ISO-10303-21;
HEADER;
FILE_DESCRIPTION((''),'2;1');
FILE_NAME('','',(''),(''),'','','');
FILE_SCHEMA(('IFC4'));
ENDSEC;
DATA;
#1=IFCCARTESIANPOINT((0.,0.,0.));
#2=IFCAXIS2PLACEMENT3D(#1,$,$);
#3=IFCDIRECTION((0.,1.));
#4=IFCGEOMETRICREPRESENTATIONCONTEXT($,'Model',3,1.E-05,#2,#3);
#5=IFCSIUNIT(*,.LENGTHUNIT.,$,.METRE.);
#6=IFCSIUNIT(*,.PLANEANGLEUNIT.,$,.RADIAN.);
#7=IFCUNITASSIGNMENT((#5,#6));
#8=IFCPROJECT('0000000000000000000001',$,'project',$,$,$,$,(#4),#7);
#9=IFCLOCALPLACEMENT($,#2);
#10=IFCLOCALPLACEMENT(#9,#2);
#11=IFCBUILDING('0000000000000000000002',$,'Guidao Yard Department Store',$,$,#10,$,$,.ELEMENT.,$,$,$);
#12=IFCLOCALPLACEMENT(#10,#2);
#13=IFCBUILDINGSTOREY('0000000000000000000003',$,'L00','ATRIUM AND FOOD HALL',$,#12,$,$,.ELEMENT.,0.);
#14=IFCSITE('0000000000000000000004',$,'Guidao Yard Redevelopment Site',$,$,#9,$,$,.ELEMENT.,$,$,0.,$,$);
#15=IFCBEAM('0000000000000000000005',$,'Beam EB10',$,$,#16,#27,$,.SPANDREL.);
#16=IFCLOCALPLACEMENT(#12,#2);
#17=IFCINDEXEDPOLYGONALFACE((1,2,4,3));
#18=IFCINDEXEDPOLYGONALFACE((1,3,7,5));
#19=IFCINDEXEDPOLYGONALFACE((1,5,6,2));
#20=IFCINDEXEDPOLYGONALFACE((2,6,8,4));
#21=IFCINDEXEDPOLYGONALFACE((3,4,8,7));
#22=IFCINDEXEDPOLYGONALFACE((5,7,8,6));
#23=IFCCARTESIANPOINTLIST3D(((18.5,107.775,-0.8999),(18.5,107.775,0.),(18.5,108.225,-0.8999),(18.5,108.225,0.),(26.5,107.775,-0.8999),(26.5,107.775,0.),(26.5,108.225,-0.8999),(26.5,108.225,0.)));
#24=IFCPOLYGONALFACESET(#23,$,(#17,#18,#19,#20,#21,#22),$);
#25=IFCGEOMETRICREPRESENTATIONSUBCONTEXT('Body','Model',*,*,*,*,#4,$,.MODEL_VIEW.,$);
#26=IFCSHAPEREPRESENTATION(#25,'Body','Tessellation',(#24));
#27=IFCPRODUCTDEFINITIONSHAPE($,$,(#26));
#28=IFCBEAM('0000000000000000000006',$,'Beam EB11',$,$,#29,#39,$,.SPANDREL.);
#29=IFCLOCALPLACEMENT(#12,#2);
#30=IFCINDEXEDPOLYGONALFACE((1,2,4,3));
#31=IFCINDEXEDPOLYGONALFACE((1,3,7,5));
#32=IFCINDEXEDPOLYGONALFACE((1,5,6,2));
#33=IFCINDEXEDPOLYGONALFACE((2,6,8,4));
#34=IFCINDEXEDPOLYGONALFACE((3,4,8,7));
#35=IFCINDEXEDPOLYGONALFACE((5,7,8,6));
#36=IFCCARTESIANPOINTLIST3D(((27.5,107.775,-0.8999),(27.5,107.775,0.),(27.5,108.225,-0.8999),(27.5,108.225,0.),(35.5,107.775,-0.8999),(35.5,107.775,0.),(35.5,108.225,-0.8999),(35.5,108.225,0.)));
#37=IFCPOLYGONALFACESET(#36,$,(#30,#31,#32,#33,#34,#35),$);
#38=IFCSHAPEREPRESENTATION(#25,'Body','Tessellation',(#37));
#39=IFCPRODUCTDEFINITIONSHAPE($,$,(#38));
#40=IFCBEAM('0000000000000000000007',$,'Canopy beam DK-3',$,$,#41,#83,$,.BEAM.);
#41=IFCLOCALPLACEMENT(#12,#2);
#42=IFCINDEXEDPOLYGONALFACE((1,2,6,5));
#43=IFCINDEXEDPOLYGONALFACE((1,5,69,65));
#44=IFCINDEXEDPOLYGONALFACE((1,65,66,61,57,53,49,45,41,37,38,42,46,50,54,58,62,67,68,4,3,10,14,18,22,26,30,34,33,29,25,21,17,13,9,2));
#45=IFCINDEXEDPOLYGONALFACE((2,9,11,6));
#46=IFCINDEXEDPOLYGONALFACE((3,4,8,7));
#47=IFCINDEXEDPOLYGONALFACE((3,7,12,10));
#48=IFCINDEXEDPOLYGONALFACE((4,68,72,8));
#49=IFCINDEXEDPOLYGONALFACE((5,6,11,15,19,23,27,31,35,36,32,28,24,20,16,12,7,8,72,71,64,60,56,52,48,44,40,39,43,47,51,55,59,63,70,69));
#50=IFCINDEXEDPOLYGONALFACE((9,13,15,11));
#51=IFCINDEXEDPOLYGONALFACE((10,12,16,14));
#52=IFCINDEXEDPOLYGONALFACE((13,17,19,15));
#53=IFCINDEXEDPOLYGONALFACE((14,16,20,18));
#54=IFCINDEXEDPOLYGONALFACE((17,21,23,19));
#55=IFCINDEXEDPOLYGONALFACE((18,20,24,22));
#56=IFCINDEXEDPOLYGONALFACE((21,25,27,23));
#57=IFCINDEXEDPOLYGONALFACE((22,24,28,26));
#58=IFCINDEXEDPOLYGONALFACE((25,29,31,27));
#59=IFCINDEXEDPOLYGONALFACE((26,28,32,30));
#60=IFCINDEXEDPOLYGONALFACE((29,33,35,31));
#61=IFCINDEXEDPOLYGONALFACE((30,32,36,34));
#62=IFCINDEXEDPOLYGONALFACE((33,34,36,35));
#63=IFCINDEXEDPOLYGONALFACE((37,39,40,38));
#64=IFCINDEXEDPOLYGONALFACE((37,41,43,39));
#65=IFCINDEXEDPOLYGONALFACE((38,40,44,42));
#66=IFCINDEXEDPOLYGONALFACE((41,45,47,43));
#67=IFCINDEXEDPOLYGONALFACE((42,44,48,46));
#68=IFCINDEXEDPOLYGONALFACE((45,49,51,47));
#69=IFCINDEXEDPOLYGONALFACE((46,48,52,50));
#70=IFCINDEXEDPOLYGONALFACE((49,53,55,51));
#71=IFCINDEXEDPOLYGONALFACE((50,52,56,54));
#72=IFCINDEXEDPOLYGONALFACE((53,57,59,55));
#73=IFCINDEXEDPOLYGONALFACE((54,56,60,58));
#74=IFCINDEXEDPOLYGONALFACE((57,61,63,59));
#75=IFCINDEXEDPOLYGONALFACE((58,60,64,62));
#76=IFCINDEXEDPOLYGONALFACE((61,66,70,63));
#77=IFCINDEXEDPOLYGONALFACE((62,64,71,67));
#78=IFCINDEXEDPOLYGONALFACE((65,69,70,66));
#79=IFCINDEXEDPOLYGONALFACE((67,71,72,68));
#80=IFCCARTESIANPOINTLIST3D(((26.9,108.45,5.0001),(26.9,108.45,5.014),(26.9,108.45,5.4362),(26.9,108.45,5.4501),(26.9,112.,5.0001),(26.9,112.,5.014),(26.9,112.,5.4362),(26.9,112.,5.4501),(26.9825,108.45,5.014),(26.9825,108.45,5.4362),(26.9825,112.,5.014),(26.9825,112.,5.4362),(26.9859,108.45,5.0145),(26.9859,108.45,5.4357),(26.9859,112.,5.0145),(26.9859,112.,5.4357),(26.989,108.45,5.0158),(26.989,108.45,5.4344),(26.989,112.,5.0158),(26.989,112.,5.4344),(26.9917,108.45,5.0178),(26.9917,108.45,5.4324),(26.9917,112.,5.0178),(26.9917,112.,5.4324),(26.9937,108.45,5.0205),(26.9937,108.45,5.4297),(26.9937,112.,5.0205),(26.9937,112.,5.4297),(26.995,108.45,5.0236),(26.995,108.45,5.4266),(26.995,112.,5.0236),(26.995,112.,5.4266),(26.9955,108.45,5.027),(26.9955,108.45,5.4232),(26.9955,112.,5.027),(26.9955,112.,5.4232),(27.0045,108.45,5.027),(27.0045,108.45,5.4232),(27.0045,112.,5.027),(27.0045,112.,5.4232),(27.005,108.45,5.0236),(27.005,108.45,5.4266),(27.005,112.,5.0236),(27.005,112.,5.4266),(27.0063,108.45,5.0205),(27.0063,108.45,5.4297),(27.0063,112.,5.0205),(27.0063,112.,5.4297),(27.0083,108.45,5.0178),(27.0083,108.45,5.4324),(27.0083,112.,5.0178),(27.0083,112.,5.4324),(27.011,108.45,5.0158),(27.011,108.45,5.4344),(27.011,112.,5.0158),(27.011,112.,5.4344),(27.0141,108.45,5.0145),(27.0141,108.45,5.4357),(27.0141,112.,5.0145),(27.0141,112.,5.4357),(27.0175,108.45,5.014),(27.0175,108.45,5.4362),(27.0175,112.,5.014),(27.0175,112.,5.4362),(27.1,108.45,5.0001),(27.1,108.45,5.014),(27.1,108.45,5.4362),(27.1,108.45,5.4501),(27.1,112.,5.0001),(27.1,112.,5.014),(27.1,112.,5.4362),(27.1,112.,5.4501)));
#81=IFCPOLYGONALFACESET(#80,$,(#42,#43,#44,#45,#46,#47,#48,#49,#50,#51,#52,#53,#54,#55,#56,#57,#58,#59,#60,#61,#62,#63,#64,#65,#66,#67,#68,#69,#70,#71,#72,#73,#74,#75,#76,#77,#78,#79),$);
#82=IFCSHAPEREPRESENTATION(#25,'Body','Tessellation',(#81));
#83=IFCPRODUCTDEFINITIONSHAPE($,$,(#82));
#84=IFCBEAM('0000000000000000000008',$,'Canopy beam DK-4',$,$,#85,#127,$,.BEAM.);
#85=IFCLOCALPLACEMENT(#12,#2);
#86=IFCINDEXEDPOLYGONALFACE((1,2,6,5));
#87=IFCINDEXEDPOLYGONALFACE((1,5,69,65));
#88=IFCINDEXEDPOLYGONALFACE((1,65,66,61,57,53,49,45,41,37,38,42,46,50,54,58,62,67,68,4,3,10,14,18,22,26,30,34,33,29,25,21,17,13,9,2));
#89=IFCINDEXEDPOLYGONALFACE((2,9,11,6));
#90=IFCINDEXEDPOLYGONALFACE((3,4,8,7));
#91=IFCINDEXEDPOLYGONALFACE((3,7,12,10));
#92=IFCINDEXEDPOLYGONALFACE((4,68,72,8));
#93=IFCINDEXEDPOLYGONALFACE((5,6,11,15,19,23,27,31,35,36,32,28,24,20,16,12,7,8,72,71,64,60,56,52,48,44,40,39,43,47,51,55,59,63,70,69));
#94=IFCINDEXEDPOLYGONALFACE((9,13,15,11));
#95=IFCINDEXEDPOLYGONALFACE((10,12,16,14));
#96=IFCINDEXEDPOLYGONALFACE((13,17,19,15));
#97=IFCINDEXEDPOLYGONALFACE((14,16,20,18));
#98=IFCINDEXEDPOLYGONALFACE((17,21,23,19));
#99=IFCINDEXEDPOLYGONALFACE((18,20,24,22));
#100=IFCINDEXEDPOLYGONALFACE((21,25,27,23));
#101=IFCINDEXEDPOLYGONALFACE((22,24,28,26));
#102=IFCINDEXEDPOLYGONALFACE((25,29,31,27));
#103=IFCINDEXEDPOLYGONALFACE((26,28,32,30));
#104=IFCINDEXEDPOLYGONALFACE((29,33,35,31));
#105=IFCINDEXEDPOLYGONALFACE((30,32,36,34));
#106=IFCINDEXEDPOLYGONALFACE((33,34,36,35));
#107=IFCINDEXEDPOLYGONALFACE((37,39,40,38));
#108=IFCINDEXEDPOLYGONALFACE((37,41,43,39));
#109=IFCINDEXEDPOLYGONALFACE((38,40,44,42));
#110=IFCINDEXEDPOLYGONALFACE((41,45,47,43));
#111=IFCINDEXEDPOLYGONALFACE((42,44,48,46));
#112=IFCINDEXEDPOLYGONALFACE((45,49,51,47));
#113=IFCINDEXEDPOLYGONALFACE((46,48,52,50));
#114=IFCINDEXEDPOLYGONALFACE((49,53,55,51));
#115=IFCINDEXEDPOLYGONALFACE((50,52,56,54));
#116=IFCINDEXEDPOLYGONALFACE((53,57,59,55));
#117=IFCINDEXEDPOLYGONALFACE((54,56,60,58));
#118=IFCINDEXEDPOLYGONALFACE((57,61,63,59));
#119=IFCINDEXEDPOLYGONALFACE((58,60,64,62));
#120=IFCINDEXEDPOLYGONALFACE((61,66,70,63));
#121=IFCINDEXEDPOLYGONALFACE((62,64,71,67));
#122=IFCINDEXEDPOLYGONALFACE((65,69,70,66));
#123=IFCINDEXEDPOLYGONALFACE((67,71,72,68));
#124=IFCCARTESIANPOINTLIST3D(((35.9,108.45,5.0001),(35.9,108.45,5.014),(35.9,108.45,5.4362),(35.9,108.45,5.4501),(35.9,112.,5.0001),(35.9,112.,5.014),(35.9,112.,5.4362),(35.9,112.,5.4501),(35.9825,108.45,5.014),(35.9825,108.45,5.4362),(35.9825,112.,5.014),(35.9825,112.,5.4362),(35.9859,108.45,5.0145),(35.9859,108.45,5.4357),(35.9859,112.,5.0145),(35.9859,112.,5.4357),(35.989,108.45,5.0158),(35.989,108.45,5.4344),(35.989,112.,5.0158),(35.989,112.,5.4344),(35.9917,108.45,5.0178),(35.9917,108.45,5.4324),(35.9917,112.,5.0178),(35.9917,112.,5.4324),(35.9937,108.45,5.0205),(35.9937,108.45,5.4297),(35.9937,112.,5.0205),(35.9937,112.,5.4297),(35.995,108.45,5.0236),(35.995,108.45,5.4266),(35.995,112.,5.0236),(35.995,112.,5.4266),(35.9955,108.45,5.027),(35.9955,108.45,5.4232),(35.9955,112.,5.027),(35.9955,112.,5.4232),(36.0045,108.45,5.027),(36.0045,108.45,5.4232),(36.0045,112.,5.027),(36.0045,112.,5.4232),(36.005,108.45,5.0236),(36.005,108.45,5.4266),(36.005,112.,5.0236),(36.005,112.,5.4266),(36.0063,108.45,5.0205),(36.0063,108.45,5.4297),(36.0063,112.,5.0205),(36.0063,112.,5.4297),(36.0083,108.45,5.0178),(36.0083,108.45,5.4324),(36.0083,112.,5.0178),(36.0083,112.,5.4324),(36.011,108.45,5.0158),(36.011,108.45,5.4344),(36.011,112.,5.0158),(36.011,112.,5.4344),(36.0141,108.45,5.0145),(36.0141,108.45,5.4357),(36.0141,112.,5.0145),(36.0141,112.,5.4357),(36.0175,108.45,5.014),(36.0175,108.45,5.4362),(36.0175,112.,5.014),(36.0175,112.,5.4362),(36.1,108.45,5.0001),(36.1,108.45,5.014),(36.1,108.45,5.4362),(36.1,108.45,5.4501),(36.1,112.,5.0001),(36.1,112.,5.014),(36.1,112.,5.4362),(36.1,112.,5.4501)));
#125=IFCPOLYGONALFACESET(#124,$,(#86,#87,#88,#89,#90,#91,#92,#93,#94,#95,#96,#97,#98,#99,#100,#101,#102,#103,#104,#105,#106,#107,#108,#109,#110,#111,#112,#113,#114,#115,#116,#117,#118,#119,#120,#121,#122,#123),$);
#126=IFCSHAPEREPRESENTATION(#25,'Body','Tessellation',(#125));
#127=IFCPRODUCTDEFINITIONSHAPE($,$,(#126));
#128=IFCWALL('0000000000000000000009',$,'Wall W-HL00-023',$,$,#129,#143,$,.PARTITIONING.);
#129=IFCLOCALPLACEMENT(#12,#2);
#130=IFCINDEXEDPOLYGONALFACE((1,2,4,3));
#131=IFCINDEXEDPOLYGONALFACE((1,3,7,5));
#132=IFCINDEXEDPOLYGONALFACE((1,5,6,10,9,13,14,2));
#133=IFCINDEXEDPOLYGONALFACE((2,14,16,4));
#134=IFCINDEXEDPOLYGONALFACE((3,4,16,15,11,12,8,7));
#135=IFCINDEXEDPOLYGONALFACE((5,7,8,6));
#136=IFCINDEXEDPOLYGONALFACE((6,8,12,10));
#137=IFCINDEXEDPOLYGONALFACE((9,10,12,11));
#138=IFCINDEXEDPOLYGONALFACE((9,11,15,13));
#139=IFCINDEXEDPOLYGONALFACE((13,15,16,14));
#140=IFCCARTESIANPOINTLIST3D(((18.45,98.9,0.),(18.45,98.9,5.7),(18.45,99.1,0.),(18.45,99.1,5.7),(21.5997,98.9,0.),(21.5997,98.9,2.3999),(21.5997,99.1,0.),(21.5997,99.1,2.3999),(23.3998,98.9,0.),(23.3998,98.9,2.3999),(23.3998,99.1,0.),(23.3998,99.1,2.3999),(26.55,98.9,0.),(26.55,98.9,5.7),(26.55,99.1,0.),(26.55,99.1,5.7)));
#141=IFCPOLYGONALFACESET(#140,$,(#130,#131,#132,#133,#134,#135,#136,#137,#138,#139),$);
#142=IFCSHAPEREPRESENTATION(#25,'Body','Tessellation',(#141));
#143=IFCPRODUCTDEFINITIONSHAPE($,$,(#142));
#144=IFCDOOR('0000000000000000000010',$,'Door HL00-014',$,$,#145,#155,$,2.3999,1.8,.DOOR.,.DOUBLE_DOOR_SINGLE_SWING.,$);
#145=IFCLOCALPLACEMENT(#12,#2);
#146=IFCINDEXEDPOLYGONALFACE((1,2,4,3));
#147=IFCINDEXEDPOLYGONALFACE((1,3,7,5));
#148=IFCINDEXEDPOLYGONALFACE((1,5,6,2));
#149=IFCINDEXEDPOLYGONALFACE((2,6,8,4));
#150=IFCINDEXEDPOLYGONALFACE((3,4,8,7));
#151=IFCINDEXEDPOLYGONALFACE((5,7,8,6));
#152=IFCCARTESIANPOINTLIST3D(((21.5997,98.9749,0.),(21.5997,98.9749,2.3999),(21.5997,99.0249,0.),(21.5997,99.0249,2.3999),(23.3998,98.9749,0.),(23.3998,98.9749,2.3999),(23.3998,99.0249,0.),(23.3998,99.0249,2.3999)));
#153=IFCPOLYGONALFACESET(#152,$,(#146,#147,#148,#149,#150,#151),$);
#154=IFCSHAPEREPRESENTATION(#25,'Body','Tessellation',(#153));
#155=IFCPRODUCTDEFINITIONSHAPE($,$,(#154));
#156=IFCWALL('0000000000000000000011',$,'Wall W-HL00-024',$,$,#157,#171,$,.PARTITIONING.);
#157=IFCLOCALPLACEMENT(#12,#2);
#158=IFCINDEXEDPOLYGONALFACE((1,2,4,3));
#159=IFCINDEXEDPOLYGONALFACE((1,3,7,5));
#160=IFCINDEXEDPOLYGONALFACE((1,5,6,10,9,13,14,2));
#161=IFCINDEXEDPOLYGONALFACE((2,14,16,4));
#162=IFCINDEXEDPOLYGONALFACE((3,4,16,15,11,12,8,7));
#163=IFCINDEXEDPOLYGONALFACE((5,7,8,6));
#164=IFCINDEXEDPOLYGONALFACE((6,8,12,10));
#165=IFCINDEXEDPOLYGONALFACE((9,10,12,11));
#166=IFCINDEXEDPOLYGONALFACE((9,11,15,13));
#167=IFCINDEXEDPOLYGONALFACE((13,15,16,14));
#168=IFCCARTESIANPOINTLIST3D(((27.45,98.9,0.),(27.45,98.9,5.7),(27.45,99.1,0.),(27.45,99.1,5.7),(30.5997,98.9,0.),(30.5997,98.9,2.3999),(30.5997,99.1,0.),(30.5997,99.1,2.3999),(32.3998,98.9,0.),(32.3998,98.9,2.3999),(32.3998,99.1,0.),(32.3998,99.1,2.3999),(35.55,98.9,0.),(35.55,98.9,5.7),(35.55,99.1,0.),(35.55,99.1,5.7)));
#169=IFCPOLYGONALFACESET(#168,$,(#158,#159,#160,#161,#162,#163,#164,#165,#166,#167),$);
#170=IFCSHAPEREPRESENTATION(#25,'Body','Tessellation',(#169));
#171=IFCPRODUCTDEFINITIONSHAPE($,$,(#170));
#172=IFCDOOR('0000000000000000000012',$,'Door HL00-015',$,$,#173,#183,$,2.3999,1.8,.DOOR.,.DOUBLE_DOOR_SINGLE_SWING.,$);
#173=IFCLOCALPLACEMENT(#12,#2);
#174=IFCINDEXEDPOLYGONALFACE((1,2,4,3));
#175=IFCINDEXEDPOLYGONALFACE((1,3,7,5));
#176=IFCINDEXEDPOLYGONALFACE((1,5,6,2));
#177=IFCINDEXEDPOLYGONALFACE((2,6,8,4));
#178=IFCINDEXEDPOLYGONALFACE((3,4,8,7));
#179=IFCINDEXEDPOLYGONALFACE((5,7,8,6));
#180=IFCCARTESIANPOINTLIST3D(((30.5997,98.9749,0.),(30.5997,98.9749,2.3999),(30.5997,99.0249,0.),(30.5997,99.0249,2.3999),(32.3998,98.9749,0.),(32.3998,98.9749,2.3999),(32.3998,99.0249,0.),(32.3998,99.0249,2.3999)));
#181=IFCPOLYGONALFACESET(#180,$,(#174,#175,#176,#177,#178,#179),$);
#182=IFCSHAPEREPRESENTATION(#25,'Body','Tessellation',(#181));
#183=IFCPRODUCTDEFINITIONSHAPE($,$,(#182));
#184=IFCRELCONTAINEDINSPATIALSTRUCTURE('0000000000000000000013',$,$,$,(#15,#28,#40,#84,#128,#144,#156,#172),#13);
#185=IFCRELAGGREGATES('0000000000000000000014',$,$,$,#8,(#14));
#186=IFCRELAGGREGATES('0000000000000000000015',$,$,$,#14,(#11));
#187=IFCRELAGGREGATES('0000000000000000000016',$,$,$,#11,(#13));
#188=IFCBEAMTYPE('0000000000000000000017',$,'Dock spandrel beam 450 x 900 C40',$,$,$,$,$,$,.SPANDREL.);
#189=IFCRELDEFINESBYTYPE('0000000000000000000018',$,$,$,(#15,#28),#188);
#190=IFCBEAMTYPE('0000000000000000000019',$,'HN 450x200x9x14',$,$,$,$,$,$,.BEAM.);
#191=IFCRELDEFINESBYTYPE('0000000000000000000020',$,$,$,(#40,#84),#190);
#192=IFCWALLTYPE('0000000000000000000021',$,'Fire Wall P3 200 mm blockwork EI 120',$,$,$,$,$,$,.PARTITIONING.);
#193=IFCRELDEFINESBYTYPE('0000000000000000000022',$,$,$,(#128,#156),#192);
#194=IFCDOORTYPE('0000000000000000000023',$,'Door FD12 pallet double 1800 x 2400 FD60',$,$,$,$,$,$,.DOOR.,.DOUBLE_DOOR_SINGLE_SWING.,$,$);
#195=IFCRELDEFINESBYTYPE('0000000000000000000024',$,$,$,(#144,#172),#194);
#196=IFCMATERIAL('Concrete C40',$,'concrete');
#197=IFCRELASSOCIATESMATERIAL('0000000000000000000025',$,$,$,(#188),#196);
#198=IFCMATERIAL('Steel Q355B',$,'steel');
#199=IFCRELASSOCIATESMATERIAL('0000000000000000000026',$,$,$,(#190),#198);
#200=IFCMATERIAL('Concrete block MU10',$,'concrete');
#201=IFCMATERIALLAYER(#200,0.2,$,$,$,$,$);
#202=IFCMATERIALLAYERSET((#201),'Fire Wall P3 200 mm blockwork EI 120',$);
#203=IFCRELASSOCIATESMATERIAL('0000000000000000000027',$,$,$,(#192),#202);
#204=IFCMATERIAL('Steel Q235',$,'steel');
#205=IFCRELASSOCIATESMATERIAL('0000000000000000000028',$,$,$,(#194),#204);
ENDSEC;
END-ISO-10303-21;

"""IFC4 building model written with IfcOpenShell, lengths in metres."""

from ifc_helpers import new_model, si_unit, direction, frame, frame_2d, origin, origin_2d, place, context, subcontext, project, spatial, rectangle, i_section, extrude, material, layer, layer_set, material_profile, profile_set, type_object, element, fill, save


model = new_model("IFC4")

# Units and contexts
model_context = context("Model", 3, precision=1e-05, world=origin(), true_north=direction((0.0, 1.0)))
body_context = subcontext(model_context, "Body", "Model", "MODEL_VIEW")
ifc_project = project(units=[si_unit("LENGTHUNIT", "METRE"), si_unit("PLANEANGLEUNIT", "RADIAN")], contexts=[model_context])

# Site, building, storey
site_placement = place(None, origin())
site = spatial("IfcSite", under=ifc_project, at=site_placement, Name="Guidao Yard Redevelopment Site", CompositionType="ELEMENT", RefElevation=0.0)
building_placement = place(site_placement, origin())
building = spatial("IfcBuilding", under=site, at=building_placement, Name="Guidao Yard Department Store", CompositionType="ELEMENT")
storey_placement = place(building_placement, origin())
storey = spatial("IfcBuildingStorey", under=building, at=storey_placement, Name="L00", Description="ATRIUM AND FOOD HALL", CompositionType="ELEMENT", Elevation=0.0)

# Beams
ifc_material_1 = material(Name="Concrete C40", Category="concrete")
ifc_material_profile_1 = material_profile(ifc_material_1, rectangle(XDim=0.45, YDim=0.8999, at=origin_2d()), Name="Dock spandrel beam 450 x 900 C40")
ifc_profile_set_1 = profile_set([ifc_material_profile_1], Name="Concrete C40")
beam_type_1 = type_object("IfcBeamType", Name="Dock spandrel beam 450 x 900 C40", PredefinedType="SPANDREL", material=ifc_profile_set_1)
for number, where, z_axis, x_axis, name in (
    (1, (18.5, 108.0, -0.45), (1.0, 0.0, 0.0), (0.0, 1.0, 0.0), "Beam EB10"),
    (2, (27.5, 108.0, -0.45), (1.0, 0.0, 0.0), (0.0, 1.0, 0.0), "Beam EB11"),
):
    element("IfcBeam", number, at=place(storey_placement, frame(where, z_axis=z_axis, x_axis=x_axis)), inside=storey, type_object=beam_type_1, Name=name, PredefinedType="SPANDREL", context=body_context, shape_type="SweptSolid", body=[
        extrude(rectangle(XDim=0.45, YDim=0.8999, at=origin_2d()), origin(), (0.0, 0.0, 1.0), 8.0),
    ])
ifc_material_2 = material(Name="Steel Q355B", Category="steel")
ifc_material_profile_2 = material_profile(ifc_material_2, i_section(OverallWidth=0.2, OverallDepth=0.45, WebThickness=0.009, FlangeThickness=0.0139, FilletRadius=0.0129, at=origin_2d()), Name="HN 450x200x9x14")
ifc_profile_set_2 = profile_set([ifc_material_profile_2], Name="Steel Q355B")
beam_type_2 = type_object("IfcBeamType", Name="HN 450x200x9x14", PredefinedType="BEAM", material=ifc_profile_set_2)
for number, where, z_axis, x_axis, name in (
    (3, (27.0, 108.45, 5.2251), (0.0, 1.0, 0.0), (-1.0, 0.0, 0.0), "Canopy beam DK-3"),
    (4, (36.0, 108.45, 5.2251), (0.0, 1.0, 0.0), (-1.0, 0.0, 0.0), "Canopy beam DK-4"),
):
    element("IfcBeam", number, at=place(storey_placement, frame(where, z_axis=z_axis, x_axis=x_axis)), inside=storey, type_object=beam_type_2, Name=name, PredefinedType="BEAM", context=body_context, shape_type="SweptSolid", body=[
        extrude(i_section(OverallWidth=0.2, OverallDepth=0.45, WebThickness=0.009, FlangeThickness=0.0139, FilletRadius=0.0129, at=origin_2d()), origin(), (0.0, 0.0, 1.0), 3.55),
    ])

# Walls, openings, doors
ifc_material_3 = material(Name="Concrete block MU10", Category="concrete")
ifc_layer_1 = layer(ifc_material_3, 0.2)
ifc_layer_set_1 = layer_set([ifc_layer_1], Name="Fire Wall P3 200 mm blockwork EI 120")
wall_type_1 = type_object("IfcWallType", Name="Fire Wall P3 200 mm blockwork EI 120", PredefinedType="PARTITIONING", material=ifc_layer_set_1)
wall_1_placement = place(storey_placement, frame((18.45, 99.0, 0.0), z_axis=(0.0, 0.0, 1.0), x_axis=(1.0, 0.0, 0.0)))
wall_1 = element("IfcWall", 5, at=wall_1_placement, inside=storey, type_object=wall_type_1, Name="Wall W-HL00-023", PredefinedType="PARTITIONING", context=body_context, shape_type="SweptSolid", body=[
    extrude(rectangle(XDim=8.1001, YDim=0.2, at=frame_2d((4.05, 0.0))), origin(), (0.0, 0.0, 1.0), 5.7),
])
opening_1_placement = place(wall_1_placement, frame((3.1499, 0.0, 0.0)))
opening_1 = element("IfcOpeningElement", 6, at=opening_1_placement, cuts=wall_1, PredefinedType="OPENING", context=body_context, shape_type="SweptSolid", body=[
    extrude(rectangle(XDim=1.8, YDim=2.3999, at=frame_2d((0.8999, 1.2))), frame((0.0, 0.1099, 0.0), z_axis=(0.0, -1.0, 0.0), x_axis=(1.0, 0.0, 0.0)), (0.0, 0.0, 1.0), 0.22),
])
ifc_material_4 = material(Name="Steel Q235", Category="steel")
door_type_1 = type_object("IfcDoorType", Name="Door FD12 pallet double 1800 x 2400 FD60", OperationType="DOUBLE_DOOR_SINGLE_SWING", PredefinedType="DOOR", material=ifc_material_4)
door_1_placement = place(opening_1_placement, origin())
door_1 = element("IfcDoor", 7, at=door_1_placement, inside=storey, type_object=door_type_1, Name="Door HL00-014", OperationType="DOUBLE_DOOR_SINGLE_SWING", OverallHeight=2.3999, OverallWidth=1.8, PredefinedType="DOOR", context=body_context, shape_type="SweptSolid", body=[
    extrude(rectangle(XDim=1.8, YDim=2.3999, at=frame_2d((0.8999, 1.2))), frame((0.0, 0.0249, 0.0), z_axis=(0.0, -1.0, 0.0), x_axis=(1.0, 0.0, 0.0)), (0.0, 0.0, 1.0), 0.05),
])
fill(opening_1, door_1)
wall_2_placement = place(storey_placement, frame((27.45, 99.0, 0.0), z_axis=(0.0, 0.0, 1.0), x_axis=(1.0, 0.0, 0.0)))
wall_2 = element("IfcWall", 8, at=wall_2_placement, inside=storey, type_object=wall_type_1, Name="Wall W-HL00-024", PredefinedType="PARTITIONING", context=body_context, shape_type="SweptSolid", body=[
    extrude(rectangle(XDim=8.1001, YDim=0.2, at=frame_2d((4.05, 0.0))), origin(), (0.0, 0.0, 1.0), 5.7),
])
opening_2_placement = place(wall_2_placement, frame((3.1499, 0.0, 0.0)))
opening_2 = element("IfcOpeningElement", 9, at=opening_2_placement, cuts=wall_2, PredefinedType="OPENING", context=body_context, shape_type="SweptSolid", body=[
    extrude(rectangle(XDim=1.8, YDim=2.3999, at=frame_2d((0.8999, 1.2))), frame((0.0, 0.1099, 0.0), z_axis=(0.0, -1.0, 0.0), x_axis=(1.0, 0.0, 0.0)), (0.0, 0.0, 1.0), 0.22),
])
door_2_placement = place(opening_2_placement, origin())
door_2 = element("IfcDoor", 10, at=door_2_placement, inside=storey, type_object=door_type_1, Name="Door HL00-015", OperationType="DOUBLE_DOOR_SINGLE_SWING", OverallHeight=2.3999, OverallWidth=1.8, PredefinedType="DOOR", context=body_context, shape_type="SweptSolid", body=[
    extrude(rectangle(XDim=1.8, YDim=2.3999, at=frame_2d((0.8999, 1.2))), frame((0.0, 0.0249, 0.0), z_axis=(0.0, -1.0, 0.0), x_axis=(1.0, 0.0, 0.0)), (0.0, 0.0, 1.0), 0.05),
])
fill(opening_2, door_2)

save(model, "model.ifc")
